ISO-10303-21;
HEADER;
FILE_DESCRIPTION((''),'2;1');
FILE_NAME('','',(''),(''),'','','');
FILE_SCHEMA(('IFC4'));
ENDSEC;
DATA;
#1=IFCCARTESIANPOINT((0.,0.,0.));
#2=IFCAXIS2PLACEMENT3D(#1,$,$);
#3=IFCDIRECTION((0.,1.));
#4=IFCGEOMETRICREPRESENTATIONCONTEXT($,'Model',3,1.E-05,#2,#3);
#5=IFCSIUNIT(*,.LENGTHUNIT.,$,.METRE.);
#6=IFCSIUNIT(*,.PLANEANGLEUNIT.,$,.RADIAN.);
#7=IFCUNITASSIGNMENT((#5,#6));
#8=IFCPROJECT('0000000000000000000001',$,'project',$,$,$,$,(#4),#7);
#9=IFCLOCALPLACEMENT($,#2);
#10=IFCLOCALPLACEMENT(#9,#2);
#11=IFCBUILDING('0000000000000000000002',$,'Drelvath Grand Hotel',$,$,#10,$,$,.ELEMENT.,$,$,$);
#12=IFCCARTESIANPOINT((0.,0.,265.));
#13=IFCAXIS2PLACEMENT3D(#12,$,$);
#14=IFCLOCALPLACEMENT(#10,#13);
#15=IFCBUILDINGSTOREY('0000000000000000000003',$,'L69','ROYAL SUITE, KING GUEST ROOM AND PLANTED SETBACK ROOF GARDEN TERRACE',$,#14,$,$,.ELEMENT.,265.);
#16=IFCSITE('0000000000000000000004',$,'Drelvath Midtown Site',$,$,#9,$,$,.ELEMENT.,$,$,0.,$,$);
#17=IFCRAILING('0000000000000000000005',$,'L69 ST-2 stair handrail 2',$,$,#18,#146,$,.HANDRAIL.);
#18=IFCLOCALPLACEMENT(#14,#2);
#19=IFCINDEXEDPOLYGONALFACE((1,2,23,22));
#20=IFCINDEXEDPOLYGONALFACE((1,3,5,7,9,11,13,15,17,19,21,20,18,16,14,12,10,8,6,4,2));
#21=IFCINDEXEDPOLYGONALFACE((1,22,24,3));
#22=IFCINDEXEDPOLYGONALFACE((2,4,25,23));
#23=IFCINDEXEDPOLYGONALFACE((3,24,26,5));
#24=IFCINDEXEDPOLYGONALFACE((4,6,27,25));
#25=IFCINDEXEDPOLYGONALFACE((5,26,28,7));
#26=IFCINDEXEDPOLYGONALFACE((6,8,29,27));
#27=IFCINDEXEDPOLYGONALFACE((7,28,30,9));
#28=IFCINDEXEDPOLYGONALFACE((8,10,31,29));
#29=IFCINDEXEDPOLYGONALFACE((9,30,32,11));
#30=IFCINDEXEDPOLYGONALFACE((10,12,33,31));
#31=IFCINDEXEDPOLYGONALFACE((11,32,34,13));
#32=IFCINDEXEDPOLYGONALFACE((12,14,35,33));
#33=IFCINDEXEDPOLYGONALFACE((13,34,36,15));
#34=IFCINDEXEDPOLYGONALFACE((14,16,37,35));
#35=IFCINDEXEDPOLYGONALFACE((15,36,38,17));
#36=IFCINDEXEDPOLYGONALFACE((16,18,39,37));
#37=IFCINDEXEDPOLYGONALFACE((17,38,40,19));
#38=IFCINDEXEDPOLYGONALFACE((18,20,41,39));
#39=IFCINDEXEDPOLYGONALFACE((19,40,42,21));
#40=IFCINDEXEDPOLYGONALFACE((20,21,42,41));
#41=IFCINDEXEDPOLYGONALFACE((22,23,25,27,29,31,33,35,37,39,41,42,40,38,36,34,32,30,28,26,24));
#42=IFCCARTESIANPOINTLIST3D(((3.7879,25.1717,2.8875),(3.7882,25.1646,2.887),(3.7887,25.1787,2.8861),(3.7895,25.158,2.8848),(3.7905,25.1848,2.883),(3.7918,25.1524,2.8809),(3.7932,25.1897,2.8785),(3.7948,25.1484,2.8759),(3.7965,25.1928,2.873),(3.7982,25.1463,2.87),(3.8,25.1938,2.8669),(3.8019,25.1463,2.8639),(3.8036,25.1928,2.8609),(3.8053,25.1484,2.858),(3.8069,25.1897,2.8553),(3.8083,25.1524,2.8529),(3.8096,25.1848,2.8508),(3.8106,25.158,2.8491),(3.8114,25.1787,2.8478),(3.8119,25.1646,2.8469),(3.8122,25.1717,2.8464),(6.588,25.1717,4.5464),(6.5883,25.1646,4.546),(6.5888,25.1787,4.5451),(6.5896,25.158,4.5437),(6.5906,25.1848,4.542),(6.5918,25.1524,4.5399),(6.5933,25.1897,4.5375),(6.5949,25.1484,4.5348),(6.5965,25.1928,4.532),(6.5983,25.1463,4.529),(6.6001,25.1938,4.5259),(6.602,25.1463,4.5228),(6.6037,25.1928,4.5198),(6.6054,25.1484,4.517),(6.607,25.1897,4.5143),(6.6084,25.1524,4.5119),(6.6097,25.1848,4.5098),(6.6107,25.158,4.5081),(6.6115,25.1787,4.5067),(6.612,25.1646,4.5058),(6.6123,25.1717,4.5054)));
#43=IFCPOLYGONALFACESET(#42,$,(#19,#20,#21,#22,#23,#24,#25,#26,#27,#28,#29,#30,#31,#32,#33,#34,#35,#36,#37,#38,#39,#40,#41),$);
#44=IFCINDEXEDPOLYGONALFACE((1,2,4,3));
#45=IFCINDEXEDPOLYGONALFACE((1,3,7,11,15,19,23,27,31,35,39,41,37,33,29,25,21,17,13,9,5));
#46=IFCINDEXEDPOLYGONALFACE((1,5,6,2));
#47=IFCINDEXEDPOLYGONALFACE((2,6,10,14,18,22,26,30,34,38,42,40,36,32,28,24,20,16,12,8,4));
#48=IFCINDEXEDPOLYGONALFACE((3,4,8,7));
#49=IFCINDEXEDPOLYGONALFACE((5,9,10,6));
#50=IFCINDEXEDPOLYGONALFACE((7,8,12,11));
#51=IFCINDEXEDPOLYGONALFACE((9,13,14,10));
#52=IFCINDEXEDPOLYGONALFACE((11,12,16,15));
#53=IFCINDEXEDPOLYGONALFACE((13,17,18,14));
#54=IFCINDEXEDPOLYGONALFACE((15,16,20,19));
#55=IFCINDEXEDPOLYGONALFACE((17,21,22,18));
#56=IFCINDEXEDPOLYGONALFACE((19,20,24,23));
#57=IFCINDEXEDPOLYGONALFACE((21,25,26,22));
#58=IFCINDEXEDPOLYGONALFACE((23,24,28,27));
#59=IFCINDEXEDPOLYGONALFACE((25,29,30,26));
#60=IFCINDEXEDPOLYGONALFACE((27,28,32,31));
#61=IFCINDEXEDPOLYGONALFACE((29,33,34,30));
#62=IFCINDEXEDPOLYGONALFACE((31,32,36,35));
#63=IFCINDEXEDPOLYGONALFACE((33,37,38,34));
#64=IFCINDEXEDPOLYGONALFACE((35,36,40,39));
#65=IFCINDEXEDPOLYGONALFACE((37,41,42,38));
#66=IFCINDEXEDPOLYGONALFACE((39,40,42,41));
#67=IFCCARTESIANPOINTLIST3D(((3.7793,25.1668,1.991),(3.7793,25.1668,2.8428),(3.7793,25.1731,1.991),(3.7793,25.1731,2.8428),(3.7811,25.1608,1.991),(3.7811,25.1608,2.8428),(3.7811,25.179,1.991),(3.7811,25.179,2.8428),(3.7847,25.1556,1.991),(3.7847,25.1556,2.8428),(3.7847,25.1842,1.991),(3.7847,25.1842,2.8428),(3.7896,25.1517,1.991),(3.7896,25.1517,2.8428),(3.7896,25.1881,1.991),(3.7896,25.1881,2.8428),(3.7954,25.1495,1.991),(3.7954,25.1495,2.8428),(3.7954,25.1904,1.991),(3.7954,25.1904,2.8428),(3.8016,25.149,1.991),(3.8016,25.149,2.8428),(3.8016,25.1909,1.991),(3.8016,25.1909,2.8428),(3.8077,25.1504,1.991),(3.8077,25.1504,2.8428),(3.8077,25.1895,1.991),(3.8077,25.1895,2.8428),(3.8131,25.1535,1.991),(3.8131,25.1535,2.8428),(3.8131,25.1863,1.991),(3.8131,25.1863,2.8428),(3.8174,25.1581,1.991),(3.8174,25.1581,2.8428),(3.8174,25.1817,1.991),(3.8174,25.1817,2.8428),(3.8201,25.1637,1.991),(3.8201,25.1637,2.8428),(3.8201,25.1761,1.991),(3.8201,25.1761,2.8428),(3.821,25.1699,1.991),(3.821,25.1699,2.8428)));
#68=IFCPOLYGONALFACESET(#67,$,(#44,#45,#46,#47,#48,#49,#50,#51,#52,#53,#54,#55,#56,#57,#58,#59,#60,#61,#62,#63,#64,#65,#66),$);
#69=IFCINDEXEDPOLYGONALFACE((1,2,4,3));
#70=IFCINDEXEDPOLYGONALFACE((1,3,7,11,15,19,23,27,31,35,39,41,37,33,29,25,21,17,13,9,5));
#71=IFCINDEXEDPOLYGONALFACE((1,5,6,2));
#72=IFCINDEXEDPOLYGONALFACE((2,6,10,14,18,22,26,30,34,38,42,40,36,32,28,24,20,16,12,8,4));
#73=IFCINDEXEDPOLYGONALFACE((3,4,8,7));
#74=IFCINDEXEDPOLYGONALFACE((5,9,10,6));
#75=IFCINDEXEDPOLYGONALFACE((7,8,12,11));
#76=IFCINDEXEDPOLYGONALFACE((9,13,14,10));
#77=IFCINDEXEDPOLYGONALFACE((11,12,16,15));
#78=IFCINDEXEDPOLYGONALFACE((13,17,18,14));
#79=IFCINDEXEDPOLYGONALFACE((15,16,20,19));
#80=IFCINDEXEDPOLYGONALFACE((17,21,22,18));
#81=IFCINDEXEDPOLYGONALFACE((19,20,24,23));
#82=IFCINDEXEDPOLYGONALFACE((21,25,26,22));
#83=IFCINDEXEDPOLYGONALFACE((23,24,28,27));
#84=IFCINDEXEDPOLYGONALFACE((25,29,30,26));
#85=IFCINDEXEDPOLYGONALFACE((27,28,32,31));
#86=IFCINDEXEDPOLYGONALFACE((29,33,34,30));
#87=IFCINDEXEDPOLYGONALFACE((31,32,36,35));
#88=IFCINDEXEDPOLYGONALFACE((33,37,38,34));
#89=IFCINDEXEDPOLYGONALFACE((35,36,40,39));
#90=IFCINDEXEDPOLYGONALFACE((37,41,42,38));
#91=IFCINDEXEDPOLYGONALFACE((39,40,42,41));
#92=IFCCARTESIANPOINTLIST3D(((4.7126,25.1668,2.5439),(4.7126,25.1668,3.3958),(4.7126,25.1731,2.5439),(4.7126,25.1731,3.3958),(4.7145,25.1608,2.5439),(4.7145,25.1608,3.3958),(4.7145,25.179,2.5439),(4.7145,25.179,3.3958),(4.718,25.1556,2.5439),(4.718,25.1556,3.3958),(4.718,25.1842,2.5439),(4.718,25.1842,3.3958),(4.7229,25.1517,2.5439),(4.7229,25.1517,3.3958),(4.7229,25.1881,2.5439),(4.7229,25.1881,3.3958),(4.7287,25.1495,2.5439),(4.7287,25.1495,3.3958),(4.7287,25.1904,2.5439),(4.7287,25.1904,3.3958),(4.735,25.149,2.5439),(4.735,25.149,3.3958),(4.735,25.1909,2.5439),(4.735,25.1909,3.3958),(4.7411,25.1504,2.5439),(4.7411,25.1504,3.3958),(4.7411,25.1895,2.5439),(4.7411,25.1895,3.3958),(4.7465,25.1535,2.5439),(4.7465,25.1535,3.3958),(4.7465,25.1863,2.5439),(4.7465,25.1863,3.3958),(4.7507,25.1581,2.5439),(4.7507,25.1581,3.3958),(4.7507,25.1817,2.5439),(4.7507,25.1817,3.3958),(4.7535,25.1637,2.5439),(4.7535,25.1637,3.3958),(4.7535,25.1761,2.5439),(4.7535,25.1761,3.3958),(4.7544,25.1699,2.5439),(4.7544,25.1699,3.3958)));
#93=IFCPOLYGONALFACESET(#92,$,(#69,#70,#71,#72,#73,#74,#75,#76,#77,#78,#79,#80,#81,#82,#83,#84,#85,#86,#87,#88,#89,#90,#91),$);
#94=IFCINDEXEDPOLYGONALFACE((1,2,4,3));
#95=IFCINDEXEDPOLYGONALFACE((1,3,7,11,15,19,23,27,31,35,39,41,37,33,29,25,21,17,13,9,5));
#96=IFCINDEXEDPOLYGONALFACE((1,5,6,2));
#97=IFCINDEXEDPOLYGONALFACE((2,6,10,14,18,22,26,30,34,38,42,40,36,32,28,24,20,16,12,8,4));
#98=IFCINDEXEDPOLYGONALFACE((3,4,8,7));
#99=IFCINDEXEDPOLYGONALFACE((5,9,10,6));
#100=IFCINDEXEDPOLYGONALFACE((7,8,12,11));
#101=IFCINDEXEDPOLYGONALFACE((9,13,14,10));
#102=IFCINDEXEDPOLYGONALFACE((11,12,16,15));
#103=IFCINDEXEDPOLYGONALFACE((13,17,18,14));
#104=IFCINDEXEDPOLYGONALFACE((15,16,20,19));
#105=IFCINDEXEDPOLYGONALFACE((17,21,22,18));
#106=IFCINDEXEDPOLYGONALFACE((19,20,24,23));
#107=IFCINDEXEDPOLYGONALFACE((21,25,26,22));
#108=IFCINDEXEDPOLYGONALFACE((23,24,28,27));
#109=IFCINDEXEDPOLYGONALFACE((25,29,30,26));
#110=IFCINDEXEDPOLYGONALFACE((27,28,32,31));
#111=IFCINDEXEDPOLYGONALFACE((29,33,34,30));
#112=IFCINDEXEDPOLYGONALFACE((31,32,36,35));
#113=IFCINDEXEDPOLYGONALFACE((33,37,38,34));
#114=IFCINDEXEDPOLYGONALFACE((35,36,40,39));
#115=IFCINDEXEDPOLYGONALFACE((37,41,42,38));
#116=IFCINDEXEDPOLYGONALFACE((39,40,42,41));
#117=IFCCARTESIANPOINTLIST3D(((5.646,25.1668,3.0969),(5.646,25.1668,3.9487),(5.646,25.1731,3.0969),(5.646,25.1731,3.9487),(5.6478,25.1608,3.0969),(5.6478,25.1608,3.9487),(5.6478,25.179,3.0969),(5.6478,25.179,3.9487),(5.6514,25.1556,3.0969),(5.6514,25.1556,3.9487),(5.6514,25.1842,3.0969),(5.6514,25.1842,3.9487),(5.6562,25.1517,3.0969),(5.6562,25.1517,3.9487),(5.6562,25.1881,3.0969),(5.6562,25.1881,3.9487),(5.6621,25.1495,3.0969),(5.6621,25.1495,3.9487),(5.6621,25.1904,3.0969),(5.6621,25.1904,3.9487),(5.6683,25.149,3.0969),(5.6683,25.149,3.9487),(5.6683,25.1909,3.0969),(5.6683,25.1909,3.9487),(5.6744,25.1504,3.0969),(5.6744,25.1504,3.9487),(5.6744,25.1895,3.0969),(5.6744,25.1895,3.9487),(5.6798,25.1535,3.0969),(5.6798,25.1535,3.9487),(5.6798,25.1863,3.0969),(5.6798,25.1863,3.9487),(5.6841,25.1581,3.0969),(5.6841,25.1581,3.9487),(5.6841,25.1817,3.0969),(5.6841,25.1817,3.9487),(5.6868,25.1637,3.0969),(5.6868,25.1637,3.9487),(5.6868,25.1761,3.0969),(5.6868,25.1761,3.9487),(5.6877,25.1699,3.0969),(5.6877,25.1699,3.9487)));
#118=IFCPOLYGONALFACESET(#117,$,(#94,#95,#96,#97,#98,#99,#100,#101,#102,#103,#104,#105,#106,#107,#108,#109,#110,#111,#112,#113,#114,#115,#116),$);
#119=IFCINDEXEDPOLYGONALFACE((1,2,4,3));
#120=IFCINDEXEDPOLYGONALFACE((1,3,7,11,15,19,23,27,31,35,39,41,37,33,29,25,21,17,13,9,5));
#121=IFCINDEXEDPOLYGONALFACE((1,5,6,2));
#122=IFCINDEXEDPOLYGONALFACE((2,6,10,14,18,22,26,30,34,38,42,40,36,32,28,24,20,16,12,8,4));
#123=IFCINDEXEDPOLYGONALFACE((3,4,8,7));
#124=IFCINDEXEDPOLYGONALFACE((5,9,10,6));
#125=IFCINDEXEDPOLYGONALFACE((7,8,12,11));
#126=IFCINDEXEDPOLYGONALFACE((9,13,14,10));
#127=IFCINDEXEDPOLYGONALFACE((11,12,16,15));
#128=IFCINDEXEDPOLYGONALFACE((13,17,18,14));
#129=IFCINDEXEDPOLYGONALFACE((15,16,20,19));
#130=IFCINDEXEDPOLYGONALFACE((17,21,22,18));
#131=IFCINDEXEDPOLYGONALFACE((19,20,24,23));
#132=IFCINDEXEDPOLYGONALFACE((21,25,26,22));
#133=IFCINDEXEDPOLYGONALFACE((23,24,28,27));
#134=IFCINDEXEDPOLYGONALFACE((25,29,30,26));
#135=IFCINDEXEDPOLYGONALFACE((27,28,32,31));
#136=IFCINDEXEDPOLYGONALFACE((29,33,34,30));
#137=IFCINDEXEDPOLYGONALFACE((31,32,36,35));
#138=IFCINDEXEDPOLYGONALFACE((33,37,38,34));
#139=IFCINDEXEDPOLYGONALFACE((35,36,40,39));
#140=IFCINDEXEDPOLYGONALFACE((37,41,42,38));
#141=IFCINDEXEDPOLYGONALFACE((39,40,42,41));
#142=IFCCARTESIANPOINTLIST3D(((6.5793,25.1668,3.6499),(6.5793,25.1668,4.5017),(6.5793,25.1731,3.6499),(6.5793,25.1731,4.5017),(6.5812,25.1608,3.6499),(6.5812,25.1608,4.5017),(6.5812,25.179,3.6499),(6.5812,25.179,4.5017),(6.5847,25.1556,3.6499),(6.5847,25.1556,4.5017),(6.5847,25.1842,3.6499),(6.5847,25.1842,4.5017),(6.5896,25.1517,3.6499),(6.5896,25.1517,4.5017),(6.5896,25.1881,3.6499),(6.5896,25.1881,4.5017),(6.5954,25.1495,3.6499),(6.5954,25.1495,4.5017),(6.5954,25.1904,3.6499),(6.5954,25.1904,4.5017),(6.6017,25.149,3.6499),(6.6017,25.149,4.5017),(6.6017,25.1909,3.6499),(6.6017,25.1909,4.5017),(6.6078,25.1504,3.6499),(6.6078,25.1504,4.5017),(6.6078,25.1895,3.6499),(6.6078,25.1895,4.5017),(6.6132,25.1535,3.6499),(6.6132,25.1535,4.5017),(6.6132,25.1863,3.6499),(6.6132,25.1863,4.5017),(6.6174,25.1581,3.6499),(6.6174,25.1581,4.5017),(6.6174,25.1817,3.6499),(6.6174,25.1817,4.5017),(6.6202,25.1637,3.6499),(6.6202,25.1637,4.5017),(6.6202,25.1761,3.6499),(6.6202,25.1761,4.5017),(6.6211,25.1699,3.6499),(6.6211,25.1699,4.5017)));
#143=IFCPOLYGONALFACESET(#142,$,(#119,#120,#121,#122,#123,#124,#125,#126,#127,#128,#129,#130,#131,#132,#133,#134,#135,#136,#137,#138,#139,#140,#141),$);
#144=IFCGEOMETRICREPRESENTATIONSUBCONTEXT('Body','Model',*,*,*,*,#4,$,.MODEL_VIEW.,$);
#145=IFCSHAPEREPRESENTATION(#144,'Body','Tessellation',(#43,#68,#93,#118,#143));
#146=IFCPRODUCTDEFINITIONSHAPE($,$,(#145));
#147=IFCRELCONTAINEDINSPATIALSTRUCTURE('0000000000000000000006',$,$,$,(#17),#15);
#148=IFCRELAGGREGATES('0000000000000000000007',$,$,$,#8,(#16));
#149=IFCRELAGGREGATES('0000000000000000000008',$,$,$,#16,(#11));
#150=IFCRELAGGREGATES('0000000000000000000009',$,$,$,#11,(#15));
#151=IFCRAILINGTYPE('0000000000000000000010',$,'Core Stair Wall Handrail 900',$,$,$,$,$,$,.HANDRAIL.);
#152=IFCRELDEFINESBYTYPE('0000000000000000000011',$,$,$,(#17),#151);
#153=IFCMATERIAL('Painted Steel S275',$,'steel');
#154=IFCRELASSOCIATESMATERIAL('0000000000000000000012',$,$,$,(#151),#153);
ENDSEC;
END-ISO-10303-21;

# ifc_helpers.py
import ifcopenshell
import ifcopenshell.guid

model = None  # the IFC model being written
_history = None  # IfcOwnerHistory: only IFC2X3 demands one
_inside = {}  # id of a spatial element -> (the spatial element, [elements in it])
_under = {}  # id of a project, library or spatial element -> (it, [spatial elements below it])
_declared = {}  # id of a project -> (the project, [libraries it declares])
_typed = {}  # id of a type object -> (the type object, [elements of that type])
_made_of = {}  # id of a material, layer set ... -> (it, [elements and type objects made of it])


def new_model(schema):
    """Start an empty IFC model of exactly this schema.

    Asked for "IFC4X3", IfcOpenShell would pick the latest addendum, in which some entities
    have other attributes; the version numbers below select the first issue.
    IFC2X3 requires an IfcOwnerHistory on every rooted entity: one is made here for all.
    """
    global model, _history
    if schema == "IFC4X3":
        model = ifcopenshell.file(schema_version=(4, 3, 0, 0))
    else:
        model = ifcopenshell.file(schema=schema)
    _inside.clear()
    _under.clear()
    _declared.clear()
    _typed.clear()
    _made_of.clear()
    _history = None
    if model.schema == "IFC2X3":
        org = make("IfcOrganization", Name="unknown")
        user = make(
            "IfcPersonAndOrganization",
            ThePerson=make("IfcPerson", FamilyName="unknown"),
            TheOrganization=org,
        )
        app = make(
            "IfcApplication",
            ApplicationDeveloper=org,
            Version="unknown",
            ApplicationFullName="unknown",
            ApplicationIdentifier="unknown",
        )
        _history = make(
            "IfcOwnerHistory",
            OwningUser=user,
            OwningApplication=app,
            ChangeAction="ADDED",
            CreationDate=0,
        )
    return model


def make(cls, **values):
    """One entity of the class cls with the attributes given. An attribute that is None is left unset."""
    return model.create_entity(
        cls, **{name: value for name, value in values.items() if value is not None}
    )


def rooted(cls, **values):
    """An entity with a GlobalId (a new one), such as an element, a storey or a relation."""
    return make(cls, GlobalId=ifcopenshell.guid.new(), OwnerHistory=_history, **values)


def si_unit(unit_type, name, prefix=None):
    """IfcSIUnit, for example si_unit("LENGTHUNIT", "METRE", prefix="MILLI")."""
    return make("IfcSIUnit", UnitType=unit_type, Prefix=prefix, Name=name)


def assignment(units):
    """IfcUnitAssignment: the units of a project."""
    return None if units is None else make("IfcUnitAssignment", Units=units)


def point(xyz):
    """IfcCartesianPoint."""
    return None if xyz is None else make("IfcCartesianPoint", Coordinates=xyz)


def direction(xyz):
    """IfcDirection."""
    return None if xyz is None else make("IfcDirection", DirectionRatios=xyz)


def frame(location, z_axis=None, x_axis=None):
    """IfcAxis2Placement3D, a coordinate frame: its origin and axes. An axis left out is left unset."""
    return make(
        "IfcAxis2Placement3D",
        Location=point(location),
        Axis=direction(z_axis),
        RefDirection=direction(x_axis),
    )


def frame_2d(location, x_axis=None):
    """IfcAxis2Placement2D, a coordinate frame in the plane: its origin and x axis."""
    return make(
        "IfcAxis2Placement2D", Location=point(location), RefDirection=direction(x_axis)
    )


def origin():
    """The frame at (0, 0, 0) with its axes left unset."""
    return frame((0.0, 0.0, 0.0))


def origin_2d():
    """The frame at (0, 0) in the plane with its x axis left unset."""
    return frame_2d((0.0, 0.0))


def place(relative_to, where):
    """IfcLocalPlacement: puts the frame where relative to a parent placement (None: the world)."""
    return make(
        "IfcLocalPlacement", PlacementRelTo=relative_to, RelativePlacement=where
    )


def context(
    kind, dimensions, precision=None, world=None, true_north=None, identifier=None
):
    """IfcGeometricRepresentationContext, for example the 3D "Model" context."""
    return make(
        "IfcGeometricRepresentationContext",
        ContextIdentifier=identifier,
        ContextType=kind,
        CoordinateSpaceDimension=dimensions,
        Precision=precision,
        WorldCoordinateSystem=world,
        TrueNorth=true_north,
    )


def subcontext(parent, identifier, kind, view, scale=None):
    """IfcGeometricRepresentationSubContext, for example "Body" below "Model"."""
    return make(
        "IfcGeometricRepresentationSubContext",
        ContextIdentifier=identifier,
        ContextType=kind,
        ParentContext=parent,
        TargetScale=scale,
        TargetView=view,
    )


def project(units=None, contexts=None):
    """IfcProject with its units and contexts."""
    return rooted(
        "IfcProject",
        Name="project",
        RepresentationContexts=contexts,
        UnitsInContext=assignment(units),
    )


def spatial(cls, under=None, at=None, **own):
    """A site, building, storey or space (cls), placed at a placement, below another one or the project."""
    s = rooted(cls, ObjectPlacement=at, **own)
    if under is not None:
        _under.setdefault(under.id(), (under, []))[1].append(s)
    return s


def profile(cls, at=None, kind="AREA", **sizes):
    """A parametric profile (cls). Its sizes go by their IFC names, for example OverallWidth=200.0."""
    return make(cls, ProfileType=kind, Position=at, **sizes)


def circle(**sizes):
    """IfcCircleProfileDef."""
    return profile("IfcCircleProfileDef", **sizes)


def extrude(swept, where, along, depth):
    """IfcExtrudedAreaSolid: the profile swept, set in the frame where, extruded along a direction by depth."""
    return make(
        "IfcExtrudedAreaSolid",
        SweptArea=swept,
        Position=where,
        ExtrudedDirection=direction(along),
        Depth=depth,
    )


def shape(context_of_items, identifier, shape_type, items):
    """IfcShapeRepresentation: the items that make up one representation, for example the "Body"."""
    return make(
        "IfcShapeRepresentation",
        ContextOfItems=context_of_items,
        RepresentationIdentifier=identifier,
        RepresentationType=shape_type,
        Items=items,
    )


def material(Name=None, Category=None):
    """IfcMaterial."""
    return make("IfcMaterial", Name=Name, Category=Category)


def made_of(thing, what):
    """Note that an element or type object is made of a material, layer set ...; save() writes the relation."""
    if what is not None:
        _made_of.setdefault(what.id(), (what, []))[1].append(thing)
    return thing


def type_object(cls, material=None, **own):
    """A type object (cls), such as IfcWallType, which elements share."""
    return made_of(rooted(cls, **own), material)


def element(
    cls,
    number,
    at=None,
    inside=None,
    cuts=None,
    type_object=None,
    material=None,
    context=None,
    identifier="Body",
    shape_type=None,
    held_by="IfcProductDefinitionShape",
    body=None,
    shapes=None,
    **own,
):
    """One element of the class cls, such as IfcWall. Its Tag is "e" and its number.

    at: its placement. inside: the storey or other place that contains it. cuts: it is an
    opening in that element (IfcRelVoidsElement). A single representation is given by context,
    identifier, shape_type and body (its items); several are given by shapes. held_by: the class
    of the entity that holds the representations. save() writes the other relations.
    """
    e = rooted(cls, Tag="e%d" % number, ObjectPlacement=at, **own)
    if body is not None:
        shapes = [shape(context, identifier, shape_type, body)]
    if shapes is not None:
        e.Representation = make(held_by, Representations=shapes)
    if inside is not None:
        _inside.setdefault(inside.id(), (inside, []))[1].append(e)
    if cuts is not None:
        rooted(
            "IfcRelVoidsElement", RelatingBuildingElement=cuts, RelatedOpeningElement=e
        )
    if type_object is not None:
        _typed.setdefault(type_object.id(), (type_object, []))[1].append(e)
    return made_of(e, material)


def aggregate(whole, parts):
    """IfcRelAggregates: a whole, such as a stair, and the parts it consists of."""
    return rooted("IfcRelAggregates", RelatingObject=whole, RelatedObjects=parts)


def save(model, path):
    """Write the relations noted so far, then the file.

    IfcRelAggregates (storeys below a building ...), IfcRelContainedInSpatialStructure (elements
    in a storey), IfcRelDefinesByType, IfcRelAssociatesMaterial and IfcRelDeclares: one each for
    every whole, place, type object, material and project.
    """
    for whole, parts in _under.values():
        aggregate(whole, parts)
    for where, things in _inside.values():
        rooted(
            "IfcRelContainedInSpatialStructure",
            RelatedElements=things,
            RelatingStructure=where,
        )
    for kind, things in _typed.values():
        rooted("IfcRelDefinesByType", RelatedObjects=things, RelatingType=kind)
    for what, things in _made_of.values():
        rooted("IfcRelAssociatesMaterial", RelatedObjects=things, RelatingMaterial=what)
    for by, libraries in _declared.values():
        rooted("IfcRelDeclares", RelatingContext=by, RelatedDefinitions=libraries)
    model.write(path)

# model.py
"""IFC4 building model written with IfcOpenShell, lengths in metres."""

from ifc_helpers import new_model, si_unit, direction, frame, origin, origin_2d, place, context, subcontext, project, spatial, circle, extrude, material, type_object, element, save


model = new_model("IFC4")

# Units and contexts
model_context = context("Model", 3, precision=1e-05, world=origin(), true_north=direction((0.0, 1.0)))
body_context = subcontext(model_context, "Body", "Model", "MODEL_VIEW")
ifc_project = project(units=[si_unit("LENGTHUNIT", "METRE"), si_unit("PLANEANGLEUNIT", "RADIAN")], contexts=[model_context])

# Site, building, storey
site_placement = place(None, origin())
site = spatial("IfcSite", under=ifc_project, at=site_placement, Name="Drelvath Midtown Site", CompositionType="ELEMENT", RefElevation=0.0)
building_placement = place(site_placement, origin())
building = spatial("IfcBuilding", under=site, at=building_placement, Name="Drelvath Grand Hotel", CompositionType="ELEMENT")
storey_placement = place(building_placement, frame((0.0, 0.0, 265.0)))
storey = spatial("IfcBuildingStorey", under=building, at=storey_placement, Name="L69", Description="ROYAL SUITE, KING GUEST ROOM AND PLANTED SETBACK ROOF GARDEN TERRACE", CompositionType="ELEMENT", Elevation=265.0)

# Railing
ifc_material_1 = material(Name="Painted Steel S275", Category="steel")
railing_type_1 = type_object("IfcRailingType", Name="Core Stair Wall Handrail 900", PredefinedType="HANDRAIL", material=ifc_material_1)
railing_1_placement = place(storey_placement, frame((3.8, 25.1699, 1.991)))
element("IfcRailing", 1, at=railing_1_placement, inside=storey, type_object=railing_type_1, Name="L69 ST-2 stair handrail 2", PredefinedType="HANDRAIL", context=body_context, shape_type="SweptSolid", body=[
    extrude(circle(Radius=0.0239, at=origin_2d()), frame((0.0, 0.0, 0.876), z_axis=(0.860339, 0.0, 0.509722), x_axis=(0.0, 1.0, 0.0)), (0.0, 0.0, 1.0), 3.2546),
    extrude(circle(Radius=0.021, at=origin_2d()), origin(), (0.0, 0.0, 1.0), 0.8518),
    extrude(circle(Radius=0.021, at=origin_2d()), frame((0.9333, 0.0, 0.553)), (0.0, 0.0, 1.0), 0.8518),
    extrude(circle(Radius=0.021, at=origin_2d()), frame((1.8667, 0.0, 1.106)), (0.0, 0.0, 1.0), 0.8518),
    extrude(circle(Radius=0.021, at=origin_2d()), frame((2.8, 0.0, 1.6589)), (0.0, 0.0, 1.0), 0.8518),
])

save(model, "model.ifc")
